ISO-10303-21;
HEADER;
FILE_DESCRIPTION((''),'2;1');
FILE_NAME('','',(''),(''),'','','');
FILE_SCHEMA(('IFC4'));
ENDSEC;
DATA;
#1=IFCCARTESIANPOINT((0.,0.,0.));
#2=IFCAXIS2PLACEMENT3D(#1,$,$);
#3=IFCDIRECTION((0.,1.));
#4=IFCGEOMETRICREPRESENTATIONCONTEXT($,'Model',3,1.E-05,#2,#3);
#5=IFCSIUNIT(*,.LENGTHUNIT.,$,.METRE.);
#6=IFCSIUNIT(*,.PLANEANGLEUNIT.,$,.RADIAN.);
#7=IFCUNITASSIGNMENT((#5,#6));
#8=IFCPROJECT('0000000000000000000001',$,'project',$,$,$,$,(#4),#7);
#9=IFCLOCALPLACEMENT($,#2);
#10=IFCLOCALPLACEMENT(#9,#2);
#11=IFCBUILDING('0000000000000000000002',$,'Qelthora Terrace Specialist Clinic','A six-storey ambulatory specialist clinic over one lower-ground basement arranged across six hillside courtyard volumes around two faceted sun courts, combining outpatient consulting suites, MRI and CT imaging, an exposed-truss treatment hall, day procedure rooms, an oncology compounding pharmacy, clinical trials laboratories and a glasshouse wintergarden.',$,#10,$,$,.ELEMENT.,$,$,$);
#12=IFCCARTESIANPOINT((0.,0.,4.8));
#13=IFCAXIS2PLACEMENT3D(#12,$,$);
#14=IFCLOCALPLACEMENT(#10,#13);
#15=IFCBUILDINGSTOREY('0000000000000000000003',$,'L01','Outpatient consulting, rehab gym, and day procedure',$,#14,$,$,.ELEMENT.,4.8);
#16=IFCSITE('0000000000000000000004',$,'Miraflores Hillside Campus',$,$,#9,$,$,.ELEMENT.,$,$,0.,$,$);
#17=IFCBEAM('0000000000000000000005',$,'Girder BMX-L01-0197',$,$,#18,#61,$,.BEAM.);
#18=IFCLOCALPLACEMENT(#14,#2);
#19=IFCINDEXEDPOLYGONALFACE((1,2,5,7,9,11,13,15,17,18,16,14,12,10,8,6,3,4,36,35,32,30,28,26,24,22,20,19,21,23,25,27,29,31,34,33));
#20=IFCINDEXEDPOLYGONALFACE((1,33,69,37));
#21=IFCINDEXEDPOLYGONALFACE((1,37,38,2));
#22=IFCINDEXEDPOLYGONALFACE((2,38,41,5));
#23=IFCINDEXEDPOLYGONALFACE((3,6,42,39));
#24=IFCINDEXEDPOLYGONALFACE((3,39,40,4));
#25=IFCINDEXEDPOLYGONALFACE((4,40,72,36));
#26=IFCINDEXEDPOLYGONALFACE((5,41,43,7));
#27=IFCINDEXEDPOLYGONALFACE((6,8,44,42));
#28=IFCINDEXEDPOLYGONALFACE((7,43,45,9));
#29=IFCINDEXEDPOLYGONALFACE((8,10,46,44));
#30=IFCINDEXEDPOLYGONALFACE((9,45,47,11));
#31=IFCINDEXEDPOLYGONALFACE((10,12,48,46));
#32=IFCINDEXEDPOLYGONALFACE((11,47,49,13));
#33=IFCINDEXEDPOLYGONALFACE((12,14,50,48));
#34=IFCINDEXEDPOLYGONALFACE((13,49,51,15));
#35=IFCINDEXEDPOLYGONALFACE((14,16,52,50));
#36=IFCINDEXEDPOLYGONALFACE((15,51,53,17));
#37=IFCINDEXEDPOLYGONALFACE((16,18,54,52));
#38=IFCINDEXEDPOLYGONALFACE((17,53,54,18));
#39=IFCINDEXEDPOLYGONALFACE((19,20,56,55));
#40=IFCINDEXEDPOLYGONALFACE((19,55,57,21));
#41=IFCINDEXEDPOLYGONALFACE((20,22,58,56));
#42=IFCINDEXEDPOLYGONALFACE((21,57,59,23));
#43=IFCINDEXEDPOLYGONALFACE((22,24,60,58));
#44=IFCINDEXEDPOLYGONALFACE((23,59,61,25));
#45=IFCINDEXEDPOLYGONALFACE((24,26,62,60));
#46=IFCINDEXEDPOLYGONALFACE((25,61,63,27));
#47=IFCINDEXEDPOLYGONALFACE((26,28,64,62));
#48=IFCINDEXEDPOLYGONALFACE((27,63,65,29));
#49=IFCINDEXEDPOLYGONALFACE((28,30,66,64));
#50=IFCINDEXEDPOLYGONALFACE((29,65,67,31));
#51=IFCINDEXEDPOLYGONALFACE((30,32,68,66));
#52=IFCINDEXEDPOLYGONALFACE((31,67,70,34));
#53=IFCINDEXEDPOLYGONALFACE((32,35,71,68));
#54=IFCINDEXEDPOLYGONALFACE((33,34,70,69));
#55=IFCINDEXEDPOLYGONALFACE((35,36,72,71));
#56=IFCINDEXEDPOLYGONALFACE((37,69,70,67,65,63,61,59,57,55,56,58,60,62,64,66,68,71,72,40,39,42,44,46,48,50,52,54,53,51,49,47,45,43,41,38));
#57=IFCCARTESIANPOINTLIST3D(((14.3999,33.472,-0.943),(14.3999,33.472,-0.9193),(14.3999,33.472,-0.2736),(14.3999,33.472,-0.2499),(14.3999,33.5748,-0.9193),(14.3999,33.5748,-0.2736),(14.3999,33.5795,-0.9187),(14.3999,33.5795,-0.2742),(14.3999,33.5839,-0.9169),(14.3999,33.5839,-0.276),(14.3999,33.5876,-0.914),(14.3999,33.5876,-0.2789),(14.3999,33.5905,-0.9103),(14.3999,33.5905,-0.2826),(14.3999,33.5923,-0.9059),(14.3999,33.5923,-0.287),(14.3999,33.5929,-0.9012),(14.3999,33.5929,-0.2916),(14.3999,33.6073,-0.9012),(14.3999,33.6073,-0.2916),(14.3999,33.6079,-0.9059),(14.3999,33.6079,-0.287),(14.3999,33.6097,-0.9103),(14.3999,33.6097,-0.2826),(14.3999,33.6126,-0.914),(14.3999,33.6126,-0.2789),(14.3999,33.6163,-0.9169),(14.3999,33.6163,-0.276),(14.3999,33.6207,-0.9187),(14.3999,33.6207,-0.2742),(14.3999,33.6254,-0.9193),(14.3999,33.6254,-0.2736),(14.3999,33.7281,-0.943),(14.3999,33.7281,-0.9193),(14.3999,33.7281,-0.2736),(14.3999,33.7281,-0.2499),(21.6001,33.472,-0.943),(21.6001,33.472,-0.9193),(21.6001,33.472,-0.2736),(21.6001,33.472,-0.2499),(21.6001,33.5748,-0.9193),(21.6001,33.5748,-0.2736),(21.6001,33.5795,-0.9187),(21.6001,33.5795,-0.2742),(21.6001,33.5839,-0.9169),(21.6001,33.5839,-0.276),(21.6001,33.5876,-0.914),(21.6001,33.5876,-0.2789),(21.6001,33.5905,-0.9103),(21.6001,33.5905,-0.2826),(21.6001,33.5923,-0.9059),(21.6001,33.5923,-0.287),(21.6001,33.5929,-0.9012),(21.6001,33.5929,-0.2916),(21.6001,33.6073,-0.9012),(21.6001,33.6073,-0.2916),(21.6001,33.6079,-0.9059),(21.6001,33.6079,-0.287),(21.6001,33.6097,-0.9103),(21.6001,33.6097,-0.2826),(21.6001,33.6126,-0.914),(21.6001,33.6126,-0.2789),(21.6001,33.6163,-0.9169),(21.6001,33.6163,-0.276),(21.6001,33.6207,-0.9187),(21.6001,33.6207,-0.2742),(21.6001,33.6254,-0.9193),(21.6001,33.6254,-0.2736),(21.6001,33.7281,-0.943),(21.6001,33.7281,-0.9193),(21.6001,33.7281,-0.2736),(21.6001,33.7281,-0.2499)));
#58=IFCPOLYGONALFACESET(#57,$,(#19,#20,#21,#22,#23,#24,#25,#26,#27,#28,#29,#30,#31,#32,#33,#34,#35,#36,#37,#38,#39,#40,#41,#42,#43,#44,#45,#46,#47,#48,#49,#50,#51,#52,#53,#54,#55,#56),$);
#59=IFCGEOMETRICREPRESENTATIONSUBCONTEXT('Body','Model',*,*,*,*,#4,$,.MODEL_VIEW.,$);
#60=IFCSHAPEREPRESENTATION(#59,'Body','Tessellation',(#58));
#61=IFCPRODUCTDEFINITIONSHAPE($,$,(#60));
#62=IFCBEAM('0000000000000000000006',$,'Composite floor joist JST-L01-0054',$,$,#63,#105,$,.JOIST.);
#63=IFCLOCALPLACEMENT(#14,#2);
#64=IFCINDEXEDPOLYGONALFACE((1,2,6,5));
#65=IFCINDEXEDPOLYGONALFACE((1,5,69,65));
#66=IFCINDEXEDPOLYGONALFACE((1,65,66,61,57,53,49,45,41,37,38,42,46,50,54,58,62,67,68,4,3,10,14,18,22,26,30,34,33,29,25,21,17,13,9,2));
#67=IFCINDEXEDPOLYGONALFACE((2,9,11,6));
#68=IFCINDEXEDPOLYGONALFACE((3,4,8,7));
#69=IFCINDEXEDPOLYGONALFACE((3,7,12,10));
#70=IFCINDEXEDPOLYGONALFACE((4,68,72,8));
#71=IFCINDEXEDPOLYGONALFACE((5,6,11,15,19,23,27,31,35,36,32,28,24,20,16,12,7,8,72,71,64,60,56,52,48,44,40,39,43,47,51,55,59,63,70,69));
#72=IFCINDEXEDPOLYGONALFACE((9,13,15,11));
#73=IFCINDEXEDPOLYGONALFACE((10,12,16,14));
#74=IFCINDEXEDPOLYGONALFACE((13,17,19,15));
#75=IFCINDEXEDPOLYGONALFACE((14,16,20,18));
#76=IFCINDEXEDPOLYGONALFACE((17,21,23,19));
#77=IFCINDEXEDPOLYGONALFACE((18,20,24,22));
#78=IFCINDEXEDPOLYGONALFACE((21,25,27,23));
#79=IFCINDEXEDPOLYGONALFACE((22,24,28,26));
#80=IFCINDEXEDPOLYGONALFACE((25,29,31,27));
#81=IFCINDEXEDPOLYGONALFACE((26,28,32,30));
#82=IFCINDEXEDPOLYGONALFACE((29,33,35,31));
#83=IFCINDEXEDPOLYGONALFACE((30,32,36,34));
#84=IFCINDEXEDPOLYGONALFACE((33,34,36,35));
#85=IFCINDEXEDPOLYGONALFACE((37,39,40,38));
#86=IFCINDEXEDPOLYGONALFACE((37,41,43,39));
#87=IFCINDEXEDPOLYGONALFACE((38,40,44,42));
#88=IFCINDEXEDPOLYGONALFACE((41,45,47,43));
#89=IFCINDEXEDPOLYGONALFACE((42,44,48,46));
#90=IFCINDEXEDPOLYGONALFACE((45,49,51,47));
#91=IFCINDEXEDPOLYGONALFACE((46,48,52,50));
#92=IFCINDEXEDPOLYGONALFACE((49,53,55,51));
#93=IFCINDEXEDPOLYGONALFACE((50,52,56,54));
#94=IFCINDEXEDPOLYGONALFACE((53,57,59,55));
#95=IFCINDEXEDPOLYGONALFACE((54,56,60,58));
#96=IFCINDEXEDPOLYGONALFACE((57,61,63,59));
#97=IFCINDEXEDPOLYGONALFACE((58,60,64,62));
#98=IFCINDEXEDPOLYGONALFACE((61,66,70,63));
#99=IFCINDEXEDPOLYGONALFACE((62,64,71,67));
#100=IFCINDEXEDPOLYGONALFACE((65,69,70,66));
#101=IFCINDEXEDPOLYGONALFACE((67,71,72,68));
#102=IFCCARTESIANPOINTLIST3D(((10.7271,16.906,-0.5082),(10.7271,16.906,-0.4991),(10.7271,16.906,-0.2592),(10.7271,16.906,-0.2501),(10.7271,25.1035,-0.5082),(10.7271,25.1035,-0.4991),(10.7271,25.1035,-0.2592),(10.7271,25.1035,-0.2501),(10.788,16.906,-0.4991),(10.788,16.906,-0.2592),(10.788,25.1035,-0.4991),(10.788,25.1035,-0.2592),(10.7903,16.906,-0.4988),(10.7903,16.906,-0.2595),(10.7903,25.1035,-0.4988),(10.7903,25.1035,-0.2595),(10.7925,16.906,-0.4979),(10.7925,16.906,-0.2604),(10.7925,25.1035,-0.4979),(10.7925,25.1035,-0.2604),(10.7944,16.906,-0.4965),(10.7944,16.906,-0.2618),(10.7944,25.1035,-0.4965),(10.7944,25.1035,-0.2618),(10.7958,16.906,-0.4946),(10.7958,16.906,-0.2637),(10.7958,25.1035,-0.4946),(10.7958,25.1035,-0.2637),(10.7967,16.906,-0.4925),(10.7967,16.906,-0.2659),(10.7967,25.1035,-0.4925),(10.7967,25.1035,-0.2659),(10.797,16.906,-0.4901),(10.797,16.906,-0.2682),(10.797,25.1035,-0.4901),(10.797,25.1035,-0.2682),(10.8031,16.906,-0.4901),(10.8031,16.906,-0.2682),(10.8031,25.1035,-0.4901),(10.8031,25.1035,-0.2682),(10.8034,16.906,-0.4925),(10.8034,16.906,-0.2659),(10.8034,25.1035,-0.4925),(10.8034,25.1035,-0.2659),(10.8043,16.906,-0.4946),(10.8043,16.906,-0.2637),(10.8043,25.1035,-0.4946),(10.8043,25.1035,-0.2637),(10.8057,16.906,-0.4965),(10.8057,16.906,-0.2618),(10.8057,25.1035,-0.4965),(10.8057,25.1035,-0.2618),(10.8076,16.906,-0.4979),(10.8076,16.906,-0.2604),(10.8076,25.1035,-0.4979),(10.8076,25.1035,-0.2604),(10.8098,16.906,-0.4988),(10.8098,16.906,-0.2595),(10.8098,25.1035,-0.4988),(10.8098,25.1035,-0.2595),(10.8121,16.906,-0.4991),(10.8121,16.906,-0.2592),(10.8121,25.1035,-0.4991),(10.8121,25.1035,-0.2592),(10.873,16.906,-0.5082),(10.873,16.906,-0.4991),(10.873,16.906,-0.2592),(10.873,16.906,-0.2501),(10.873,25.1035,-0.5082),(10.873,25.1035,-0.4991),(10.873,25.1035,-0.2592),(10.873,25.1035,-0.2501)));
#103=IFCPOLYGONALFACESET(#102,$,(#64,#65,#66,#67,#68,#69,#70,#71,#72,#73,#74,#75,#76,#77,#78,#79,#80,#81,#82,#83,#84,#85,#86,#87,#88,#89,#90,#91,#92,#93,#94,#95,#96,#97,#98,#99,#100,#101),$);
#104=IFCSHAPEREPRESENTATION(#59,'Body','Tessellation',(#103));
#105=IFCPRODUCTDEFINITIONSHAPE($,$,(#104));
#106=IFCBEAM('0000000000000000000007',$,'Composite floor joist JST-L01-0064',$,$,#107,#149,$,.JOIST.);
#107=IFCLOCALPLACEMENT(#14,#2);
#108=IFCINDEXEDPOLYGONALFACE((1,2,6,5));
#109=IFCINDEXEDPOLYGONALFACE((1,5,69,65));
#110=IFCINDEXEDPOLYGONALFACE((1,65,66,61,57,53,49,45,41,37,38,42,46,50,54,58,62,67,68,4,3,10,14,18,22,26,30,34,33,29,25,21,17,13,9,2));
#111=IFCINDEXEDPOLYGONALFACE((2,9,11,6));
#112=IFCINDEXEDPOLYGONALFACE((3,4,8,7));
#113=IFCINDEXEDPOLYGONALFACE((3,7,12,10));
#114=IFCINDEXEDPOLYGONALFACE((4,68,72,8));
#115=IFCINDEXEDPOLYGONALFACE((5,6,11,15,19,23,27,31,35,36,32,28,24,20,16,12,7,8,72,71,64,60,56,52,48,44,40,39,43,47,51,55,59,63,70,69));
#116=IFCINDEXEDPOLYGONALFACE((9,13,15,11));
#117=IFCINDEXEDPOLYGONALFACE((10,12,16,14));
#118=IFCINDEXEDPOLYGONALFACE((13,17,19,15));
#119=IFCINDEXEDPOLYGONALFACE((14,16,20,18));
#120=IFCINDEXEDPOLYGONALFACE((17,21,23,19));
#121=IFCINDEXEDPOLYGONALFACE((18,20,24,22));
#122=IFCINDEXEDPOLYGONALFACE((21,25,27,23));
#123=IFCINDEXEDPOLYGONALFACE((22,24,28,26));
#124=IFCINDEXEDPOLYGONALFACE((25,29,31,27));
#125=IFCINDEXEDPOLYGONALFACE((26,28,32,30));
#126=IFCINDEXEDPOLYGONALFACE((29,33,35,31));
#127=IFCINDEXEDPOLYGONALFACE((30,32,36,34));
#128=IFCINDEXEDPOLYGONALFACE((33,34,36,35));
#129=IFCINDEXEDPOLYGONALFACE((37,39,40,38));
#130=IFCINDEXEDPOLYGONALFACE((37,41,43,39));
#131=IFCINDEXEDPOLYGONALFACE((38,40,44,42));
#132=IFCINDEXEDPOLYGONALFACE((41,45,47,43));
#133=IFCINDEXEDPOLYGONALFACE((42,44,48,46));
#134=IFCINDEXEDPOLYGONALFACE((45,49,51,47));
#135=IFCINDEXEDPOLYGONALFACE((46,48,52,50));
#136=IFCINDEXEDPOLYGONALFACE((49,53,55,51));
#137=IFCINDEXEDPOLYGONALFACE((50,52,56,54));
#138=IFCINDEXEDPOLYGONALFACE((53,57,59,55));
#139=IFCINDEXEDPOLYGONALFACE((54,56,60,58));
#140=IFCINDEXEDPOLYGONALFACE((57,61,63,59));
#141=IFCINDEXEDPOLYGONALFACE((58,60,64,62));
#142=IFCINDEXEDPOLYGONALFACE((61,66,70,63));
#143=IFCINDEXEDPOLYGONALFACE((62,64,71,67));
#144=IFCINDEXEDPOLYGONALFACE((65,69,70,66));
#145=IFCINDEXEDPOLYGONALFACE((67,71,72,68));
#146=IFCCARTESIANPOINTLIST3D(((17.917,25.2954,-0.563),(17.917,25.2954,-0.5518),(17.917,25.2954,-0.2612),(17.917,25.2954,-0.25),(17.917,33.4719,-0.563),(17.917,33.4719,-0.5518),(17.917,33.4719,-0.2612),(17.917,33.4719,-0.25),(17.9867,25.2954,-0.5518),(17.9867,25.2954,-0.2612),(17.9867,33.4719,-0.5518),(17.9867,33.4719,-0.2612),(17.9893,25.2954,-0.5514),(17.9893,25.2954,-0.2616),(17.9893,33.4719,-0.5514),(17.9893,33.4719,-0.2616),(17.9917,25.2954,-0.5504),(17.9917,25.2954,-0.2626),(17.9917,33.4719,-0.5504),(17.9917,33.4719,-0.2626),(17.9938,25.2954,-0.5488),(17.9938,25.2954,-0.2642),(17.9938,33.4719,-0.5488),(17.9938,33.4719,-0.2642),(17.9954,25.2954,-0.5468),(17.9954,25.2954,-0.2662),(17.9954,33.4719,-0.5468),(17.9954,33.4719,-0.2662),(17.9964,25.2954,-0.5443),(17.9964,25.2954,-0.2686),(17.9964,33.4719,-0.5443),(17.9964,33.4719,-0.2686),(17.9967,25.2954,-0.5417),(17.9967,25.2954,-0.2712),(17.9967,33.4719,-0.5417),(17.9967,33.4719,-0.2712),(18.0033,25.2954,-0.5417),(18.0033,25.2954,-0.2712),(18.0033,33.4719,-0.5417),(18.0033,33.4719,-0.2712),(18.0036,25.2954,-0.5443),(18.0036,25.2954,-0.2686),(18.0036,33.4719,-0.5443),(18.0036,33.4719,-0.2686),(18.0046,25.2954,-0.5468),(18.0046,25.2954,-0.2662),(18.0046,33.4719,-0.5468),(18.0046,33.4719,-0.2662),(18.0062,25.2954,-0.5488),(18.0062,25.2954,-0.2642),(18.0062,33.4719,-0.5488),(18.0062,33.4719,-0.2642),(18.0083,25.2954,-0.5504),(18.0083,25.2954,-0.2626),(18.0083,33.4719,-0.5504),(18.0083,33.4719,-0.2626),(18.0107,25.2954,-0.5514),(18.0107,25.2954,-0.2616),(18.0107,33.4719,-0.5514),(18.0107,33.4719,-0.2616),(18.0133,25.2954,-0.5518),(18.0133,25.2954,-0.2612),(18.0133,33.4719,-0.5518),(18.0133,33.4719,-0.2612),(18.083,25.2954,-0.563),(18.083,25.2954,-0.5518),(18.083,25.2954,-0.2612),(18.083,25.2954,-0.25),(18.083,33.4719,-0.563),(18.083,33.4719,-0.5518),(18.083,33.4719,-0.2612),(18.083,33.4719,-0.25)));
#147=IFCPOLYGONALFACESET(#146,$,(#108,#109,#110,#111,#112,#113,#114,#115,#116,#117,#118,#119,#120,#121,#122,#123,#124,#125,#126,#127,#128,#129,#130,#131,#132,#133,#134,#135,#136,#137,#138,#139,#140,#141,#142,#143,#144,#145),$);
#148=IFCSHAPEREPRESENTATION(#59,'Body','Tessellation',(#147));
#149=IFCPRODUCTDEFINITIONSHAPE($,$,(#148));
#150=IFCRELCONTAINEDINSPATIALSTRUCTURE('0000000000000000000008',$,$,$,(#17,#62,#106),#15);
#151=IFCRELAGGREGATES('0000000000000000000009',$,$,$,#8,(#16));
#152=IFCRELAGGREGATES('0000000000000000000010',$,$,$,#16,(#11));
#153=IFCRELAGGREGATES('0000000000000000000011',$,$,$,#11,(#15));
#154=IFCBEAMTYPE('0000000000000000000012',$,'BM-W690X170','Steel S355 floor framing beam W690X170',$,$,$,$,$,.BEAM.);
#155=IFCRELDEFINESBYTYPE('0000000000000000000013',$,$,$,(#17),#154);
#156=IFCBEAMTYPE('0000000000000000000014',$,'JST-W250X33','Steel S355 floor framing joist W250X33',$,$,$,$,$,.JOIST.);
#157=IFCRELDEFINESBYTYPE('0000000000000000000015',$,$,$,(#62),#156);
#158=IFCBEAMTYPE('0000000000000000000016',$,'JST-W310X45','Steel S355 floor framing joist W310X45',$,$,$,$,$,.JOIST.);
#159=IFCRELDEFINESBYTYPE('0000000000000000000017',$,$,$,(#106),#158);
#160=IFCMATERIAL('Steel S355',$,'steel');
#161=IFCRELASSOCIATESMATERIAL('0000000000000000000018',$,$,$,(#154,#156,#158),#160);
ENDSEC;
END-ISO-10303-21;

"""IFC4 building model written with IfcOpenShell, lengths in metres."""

from ifc_helpers import new_model, si_unit, direction, frame, origin, origin_2d, place, context, subcontext, project, spatial, i_section, extrude, material, material_profile, profile_set, type_object, element, save


model = new_model("IFC4")

# Units and contexts
model_context = context("Model", 3, precision=1e-05, world=origin(), true_north=direction((0.0, 1.0)))
body_context = subcontext(model_context, "Body", "Model", "MODEL_VIEW")
ifc_project = project(units=[si_unit("LENGTHUNIT", "METRE"), si_unit("PLANEANGLEUNIT", "RADIAN")], contexts=[model_context])

# Site, building, storey
site_placement = place(None, origin())
site = spatial("IfcSite", under=ifc_project, at=site_placement, Name="Miraflores Hillside Campus", CompositionType="ELEMENT", RefElevation=0.0)
building_placement = place(site_placement, origin())
building = spatial("IfcBuilding", under=site, at=building_placement, Name="Qelthora Terrace Specialist Clinic", Description="A six-storey ambulatory specialist clinic over one lower-ground basement arranged across six hillside courtyard volumes around two faceted sun courts, combining outpatient consulting suites, MRI and CT imaging, an exposed-truss treatment hall, day procedure rooms, an oncology compounding pharmacy, clinical trials laboratories and a glasshouse wintergarden.", CompositionType="ELEMENT")
storey_placement = place(building_placement, frame((0.0, 0.0, 4.8)))
storey = spatial("IfcBuildingStorey", under=building, at=storey_placement, Name="L01", Description="Outpatient consulting, rehab gym, and day procedure", CompositionType="ELEMENT", Elevation=4.8)

# Shared definitions
ifc_material_1 = material(Name="Steel S355", Category="steel")

# Beams
ifc_material_profile_1 = material_profile(ifc_material_1, i_section(OverallWidth=0.2561, OverallDepth=0.6931, WebThickness=0.0144, FlangeThickness=0.0237, FilletRadius=0.0181, at=origin_2d()), Name="W690X170")
ifc_profile_set_1 = profile_set([ifc_material_profile_1], Name="Steel S355")
beam_type_1 = type_object("IfcBeamType", Name="BM-W690X170", Description="Steel S355 floor framing beam W690X170", PredefinedType="BEAM", material=ifc_profile_set_1)
beam_1_placement = place(storey_placement, frame((14.3999, 33.6001, -0.5964), z_axis=(1.0, 0.0, 0.0), x_axis=(0.0, 1.0, 0.0)))
element("IfcBeam", 1, at=beam_1_placement, inside=storey, type_object=beam_type_1, Name="Girder BMX-L01-0197", PredefinedType="BEAM", context=body_context, shape_type="SweptSolid", body=[
    extrude(i_section(OverallWidth=0.2561, OverallDepth=0.6931, WebThickness=0.0144, FlangeThickness=0.0237, FilletRadius=0.0181, at=origin_2d()), origin(), (0.0, 0.0, 1.0), 7.2002),
])
ifc_material_profile_2 = material_profile(ifc_material_1, i_section(OverallWidth=0.146, OverallDepth=0.2581, WebThickness=0.0061, FlangeThickness=0.009, FilletRadius=0.009, at=origin_2d()), Name="W250X33")
ifc_profile_set_2 = profile_set([ifc_material_profile_2], Name="Steel S355")
beam_type_2 = type_object("IfcBeamType", Name="JST-W250X33", Description="Steel S355 floor framing joist W250X33", PredefinedType="JOIST", material=ifc_profile_set_2)
beam_2_placement = place(storey_placement, frame((10.8, 16.906, -0.3792), z_axis=(0.0, 1.0, 0.0), x_axis=(-1.0, 0.0, 0.0)))
element("IfcBeam", 2, at=beam_2_placement, inside=storey, type_object=beam_type_2, Name="Composite floor joist JST-L01-0054", PredefinedType="JOIST", context=body_context, shape_type="SweptSolid", body=[
    extrude(i_section(OverallWidth=0.146, OverallDepth=0.2581, WebThickness=0.0061, FlangeThickness=0.009, FilletRadius=0.009, at=origin_2d()), origin(), (0.0, 0.0, 1.0), 8.1975),
])
ifc_material_profile_3 = material_profile(ifc_material_1, i_section(OverallWidth=0.166, OverallDepth=0.313, WebThickness=0.0066, FlangeThickness=0.0112, FilletRadius=0.01, at=origin_2d()), Name="W310X45")
ifc_profile_set_3 = profile_set([ifc_material_profile_3], Name="Steel S355")
beam_type_3 = type_object("IfcBeamType", Name="JST-W310X45", Description="Steel S355 floor framing joist W310X45", PredefinedType="JOIST", material=ifc_profile_set_3)
beam_3_placement = place(storey_placement, frame((18.0, 25.2954, -0.4065), z_axis=(0.0, 1.0, 0.0), x_axis=(-1.0, 0.0, 0.0)))
element("IfcBeam", 3, at=beam_3_placement, inside=storey, type_object=beam_type_3, Name="Composite floor joist JST-L01-0064", PredefinedType="JOIST", context=body_context, shape_type="SweptSolid", body=[
    extrude(i_section(OverallWidth=0.166, OverallDepth=0.313, WebThickness=0.0066, FlangeThickness=0.0112, FilletRadius=0.01, at=origin_2d()), origin(), (0.0, 0.0, 1.0), 8.1765),
])

save(model, "model.ifc")
